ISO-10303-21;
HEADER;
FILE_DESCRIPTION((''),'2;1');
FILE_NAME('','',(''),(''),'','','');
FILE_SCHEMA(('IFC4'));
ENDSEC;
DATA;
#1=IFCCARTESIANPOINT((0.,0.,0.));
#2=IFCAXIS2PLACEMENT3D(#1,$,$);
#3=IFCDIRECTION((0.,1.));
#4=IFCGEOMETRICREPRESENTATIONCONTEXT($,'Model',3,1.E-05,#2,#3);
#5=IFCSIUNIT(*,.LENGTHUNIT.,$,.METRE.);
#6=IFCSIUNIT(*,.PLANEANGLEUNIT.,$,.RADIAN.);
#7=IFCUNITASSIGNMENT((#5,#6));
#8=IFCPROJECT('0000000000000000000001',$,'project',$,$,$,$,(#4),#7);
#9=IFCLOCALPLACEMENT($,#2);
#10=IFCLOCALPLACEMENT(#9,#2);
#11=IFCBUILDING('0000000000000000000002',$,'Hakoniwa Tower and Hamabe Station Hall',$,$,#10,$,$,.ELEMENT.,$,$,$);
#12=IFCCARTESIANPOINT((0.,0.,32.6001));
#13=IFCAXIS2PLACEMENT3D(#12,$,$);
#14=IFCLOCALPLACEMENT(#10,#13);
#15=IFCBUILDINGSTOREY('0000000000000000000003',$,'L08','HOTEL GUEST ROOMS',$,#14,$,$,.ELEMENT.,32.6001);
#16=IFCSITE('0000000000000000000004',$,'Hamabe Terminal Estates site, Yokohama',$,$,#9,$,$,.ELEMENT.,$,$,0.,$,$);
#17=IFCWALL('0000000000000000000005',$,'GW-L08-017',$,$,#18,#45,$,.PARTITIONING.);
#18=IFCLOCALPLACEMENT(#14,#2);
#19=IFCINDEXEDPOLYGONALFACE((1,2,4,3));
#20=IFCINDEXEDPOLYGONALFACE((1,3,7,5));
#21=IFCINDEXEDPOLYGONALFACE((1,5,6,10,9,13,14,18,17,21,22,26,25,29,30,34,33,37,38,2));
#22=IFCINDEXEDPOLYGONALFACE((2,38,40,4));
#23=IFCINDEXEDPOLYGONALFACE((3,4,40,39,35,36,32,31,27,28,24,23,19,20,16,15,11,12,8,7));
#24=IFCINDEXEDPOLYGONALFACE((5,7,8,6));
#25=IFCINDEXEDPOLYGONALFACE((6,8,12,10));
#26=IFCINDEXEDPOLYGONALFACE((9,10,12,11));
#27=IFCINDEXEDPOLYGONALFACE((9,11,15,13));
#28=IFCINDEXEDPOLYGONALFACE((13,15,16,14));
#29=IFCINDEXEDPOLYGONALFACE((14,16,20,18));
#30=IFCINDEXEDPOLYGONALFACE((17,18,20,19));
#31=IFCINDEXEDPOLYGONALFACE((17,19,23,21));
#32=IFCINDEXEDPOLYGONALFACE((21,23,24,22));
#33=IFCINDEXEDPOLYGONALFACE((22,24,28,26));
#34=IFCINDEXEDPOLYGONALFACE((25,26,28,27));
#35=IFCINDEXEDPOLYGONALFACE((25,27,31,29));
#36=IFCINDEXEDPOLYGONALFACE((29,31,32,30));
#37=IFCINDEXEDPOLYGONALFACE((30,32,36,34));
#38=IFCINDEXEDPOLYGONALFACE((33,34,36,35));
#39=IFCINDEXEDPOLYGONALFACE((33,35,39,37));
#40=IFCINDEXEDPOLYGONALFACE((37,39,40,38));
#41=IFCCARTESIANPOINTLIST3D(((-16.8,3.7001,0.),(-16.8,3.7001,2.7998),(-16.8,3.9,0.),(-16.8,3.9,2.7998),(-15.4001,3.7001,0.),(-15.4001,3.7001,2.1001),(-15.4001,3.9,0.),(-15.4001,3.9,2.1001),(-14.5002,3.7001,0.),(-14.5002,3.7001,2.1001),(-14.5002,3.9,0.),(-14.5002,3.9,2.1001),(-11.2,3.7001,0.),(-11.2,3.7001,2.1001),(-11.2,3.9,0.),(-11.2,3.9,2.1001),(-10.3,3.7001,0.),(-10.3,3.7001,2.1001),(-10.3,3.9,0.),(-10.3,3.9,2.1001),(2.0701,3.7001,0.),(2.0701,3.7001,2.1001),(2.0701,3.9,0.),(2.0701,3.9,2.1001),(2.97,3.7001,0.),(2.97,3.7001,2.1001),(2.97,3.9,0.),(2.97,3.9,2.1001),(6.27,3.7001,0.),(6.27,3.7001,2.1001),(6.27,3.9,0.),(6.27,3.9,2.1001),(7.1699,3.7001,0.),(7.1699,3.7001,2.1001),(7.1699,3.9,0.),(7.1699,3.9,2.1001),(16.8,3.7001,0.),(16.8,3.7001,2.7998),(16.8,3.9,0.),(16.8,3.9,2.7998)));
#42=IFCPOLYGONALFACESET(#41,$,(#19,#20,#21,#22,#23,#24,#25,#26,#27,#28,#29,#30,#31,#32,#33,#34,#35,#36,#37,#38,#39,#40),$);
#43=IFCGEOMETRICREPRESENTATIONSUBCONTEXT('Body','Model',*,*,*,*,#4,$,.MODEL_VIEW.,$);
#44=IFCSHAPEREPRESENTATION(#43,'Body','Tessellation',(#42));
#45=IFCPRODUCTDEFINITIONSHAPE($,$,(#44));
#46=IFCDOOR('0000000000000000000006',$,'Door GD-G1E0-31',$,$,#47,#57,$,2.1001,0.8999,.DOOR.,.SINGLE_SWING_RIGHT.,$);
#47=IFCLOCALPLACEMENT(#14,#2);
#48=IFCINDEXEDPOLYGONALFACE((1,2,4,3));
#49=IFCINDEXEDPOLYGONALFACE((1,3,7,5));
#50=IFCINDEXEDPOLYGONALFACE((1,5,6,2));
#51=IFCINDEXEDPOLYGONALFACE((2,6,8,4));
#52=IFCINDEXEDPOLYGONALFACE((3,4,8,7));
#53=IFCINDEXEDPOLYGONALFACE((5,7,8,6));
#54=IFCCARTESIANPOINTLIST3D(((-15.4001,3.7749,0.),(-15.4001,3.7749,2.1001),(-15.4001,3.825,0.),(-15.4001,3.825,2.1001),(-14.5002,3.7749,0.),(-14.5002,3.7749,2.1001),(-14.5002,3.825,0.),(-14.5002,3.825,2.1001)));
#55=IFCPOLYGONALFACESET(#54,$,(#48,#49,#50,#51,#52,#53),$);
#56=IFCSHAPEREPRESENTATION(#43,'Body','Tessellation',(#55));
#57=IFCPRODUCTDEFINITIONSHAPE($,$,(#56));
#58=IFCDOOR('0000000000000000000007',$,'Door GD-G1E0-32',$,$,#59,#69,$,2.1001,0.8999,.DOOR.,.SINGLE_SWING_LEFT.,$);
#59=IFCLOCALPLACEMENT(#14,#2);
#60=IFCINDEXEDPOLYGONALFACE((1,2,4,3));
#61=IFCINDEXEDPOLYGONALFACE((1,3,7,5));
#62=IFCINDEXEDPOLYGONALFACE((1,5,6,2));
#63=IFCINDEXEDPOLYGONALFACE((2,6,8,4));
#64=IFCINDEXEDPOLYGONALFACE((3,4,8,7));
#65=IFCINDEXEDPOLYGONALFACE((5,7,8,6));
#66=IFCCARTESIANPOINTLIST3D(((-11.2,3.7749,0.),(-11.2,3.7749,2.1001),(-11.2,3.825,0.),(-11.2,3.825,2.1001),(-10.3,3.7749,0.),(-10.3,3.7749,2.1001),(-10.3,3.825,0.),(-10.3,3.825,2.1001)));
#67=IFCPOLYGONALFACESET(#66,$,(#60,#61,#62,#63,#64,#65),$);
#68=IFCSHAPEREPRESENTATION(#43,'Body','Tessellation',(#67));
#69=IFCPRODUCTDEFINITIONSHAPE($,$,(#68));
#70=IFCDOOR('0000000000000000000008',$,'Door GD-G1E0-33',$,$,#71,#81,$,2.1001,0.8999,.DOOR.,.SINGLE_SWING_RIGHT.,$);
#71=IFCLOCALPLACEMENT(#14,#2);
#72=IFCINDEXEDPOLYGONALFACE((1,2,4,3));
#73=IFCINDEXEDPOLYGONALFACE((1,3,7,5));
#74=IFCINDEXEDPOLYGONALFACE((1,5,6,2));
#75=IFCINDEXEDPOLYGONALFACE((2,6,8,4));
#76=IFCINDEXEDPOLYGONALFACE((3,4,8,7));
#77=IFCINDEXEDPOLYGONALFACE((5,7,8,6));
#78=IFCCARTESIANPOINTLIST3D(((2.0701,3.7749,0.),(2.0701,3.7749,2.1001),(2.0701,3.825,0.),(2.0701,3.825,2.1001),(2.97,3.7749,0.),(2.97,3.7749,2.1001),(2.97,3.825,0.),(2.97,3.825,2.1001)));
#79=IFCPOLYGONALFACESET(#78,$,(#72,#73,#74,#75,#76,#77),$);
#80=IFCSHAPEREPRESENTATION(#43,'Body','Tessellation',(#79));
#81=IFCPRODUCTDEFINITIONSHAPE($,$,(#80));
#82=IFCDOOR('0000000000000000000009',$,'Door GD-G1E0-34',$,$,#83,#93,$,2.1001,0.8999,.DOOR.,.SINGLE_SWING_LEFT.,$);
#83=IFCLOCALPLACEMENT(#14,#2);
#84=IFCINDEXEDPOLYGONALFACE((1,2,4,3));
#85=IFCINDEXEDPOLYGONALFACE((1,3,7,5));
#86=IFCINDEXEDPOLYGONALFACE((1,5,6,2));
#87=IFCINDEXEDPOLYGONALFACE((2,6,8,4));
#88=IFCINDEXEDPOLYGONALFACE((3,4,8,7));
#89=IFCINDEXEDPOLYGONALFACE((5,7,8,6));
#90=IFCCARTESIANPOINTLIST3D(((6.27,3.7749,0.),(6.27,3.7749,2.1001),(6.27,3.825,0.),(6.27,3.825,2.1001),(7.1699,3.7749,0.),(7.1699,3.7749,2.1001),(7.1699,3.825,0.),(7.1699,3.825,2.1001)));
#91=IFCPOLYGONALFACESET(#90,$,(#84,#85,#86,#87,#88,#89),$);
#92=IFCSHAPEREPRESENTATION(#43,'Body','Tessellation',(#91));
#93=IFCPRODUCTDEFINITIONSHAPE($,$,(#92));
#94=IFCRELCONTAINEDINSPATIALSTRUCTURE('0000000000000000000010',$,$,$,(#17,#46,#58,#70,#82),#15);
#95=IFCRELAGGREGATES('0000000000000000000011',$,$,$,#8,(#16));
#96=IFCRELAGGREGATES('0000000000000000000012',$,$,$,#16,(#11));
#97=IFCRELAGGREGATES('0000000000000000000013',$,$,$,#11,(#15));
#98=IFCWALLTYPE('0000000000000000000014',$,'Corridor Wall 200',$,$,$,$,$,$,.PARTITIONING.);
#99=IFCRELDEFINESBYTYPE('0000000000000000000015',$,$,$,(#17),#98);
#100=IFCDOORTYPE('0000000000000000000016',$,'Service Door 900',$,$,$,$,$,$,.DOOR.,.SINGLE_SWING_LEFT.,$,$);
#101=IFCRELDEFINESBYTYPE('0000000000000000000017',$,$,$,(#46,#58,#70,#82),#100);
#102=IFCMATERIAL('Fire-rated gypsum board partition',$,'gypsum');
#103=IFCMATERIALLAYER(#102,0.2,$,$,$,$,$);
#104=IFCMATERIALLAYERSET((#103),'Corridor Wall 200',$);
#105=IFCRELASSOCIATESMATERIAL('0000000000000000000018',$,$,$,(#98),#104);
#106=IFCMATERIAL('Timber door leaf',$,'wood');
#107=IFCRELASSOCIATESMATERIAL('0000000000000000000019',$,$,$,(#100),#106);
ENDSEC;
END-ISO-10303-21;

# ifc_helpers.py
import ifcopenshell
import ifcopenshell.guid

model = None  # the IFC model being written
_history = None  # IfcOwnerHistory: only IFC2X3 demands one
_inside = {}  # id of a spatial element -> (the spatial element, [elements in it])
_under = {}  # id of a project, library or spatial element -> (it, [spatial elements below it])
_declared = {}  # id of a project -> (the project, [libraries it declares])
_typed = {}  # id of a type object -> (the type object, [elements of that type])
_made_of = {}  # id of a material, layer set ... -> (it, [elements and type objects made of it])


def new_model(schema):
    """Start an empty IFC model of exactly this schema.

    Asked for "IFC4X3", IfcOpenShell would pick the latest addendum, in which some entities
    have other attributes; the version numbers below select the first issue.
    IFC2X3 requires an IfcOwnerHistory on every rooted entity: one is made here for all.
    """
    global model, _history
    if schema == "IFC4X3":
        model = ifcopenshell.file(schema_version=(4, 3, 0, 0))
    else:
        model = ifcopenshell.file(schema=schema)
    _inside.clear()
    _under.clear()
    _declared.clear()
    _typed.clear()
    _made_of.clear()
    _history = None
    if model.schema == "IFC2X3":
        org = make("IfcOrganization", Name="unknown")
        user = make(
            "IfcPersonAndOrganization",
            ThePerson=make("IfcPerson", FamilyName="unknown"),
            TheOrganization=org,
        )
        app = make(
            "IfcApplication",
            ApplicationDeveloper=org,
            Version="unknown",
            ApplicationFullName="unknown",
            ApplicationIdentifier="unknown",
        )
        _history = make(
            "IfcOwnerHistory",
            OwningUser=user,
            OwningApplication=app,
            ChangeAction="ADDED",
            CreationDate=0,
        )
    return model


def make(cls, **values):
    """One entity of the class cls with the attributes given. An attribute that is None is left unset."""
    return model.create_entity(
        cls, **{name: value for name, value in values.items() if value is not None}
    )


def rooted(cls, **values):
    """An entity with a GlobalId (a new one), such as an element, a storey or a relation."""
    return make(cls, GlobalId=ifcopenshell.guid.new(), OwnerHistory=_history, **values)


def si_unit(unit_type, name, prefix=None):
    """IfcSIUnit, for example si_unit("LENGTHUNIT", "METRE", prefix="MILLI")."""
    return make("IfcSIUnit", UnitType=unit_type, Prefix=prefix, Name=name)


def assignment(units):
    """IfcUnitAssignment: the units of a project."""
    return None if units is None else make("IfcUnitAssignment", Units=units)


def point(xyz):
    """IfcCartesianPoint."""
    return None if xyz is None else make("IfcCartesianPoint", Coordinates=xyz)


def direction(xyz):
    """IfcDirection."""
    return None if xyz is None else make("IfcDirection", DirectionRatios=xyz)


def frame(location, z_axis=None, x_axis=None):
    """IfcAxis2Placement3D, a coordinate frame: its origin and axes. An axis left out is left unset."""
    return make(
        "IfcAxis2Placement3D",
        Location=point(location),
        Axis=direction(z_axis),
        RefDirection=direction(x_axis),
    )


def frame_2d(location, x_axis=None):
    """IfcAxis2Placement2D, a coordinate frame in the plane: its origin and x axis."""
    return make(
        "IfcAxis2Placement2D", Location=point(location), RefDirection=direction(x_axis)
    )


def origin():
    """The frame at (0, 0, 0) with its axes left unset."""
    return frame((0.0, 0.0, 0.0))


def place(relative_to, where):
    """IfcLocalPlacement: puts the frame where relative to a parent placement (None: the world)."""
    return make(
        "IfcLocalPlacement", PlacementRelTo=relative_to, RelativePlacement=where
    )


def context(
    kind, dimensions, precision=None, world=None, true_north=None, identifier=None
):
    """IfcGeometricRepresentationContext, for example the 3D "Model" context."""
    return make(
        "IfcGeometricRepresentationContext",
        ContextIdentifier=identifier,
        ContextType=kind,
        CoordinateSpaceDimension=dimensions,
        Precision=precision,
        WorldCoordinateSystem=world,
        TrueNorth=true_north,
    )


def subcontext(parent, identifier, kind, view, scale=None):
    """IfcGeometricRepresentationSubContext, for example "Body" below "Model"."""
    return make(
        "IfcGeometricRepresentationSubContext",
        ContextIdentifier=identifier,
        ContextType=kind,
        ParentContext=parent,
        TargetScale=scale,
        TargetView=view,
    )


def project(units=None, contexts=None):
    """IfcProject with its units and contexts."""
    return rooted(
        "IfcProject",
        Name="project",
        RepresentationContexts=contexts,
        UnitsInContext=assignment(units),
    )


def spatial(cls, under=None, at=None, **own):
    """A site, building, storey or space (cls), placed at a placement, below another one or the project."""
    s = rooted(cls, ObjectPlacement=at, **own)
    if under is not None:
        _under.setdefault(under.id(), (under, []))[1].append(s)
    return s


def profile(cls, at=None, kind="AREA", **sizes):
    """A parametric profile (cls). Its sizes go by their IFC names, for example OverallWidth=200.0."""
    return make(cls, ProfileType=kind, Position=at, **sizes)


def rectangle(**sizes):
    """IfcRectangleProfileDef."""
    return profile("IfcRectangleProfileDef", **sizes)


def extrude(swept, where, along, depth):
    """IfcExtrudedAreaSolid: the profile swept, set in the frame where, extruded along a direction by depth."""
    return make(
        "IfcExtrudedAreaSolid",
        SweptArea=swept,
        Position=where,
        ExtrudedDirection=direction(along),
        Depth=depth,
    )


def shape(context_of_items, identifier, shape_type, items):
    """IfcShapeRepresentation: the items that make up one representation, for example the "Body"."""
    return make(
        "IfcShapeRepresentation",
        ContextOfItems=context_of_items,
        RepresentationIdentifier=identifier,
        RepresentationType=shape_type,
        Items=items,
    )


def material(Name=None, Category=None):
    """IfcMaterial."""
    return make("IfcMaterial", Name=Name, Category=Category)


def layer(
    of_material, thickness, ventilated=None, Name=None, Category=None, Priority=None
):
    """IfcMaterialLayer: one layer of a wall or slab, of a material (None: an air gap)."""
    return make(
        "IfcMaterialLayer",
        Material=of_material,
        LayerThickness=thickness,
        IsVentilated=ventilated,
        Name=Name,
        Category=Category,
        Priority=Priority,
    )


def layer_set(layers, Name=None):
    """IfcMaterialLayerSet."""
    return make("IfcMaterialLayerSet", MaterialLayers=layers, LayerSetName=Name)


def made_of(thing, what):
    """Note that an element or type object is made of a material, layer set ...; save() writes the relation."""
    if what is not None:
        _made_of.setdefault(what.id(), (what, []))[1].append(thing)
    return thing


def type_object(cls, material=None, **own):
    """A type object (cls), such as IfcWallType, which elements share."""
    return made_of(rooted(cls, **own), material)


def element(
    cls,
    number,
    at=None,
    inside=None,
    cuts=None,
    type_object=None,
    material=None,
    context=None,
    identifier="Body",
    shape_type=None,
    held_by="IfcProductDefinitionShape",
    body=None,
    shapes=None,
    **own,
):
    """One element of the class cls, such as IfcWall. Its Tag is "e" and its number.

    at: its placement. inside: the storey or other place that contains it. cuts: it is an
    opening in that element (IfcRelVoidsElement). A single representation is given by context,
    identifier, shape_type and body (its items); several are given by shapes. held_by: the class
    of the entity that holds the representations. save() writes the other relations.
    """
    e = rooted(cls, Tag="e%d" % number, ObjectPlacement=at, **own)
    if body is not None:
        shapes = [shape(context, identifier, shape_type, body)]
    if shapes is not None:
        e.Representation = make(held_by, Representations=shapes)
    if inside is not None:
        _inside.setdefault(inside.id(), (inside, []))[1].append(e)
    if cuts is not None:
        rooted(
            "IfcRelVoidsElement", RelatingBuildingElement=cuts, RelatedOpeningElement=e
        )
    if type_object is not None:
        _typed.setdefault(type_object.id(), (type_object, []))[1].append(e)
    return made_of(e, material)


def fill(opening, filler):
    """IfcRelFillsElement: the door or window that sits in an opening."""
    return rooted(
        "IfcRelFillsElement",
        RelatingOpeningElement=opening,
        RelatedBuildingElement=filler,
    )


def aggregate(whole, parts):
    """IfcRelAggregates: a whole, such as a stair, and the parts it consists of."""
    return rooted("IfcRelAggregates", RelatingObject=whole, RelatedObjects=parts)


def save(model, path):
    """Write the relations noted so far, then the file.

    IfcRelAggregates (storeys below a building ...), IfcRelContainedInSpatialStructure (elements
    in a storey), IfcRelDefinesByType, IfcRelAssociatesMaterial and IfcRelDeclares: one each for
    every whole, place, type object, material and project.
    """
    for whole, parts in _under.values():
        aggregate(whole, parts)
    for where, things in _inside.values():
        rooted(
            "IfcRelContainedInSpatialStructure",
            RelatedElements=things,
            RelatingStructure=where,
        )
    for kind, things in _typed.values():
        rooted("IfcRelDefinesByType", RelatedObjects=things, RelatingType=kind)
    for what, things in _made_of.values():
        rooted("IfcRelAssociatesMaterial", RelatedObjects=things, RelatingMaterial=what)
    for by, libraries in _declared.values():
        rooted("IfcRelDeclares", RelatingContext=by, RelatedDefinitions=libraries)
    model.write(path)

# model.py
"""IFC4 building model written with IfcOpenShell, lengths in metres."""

from ifc_helpers import new_model, si_unit, direction, frame, frame_2d, origin, place, context, subcontext, project, spatial, rectangle, extrude, material, layer, layer_set, type_object, element, fill, save


model = new_model("IFC4")

# Units and contexts
model_context = context("Model", 3, precision=1e-05, world=origin(), true_north=direction((0.0, 1.0)))
body_context = subcontext(model_context, "Body", "Model", "MODEL_VIEW")
ifc_project = project(units=[si_unit("LENGTHUNIT", "METRE"), si_unit("PLANEANGLEUNIT", "RADIAN")], contexts=[model_context])

# Site, building, storey
site_placement = place(None, origin())
site = spatial("IfcSite", under=ifc_project, at=site_placement, Name="Hamabe Terminal Estates site, Yokohama", CompositionType="ELEMENT", RefElevation=0.0)
building_placement = place(site_placement, origin())
building = spatial("IfcBuilding", under=site, at=building_placement, Name="Hakoniwa Tower and Hamabe Station Hall", CompositionType="ELEMENT")
storey_placement = place(building_placement, frame((0.0, 0.0, 32.6001)))
storey = spatial("IfcBuildingStorey", under=building, at=storey_placement, Name="L08", Description="HOTEL GUEST ROOMS", CompositionType="ELEMENT", Elevation=32.6001)

# Wall, openings, doors
ifc_material_1 = material(Name="Fire-rated gypsum board partition", Category="gypsum")
ifc_layer_1 = layer(ifc_material_1, 0.2)
ifc_layer_set_1 = layer_set([ifc_layer_1], Name="Corridor Wall 200")
wall_type_1 = type_object("IfcWallType", Name="Corridor Wall 200", PredefinedType="PARTITIONING", material=ifc_layer_set_1)
wall_1_placement = place(storey_placement, frame((-16.8, 3.8, 0.0), z_axis=(0.0, 0.0, 1.0), x_axis=(1.0, 0.0, 0.0)))
wall_1 = element("IfcWall", 1, at=wall_1_placement, inside=storey, type_object=wall_type_1, Name="GW-L08-017", PredefinedType="PARTITIONING", context=body_context, shape_type="SweptSolid", body=[
    extrude(rectangle(XDim=33.6001, YDim=0.2, at=frame_2d((16.8, 0.0))), origin(), (0.0, 0.0, 1.0), 2.7998),
])
opening_1_placement = place(wall_1_placement, frame((1.3999, 0.0, 0.0)))
opening_1 = element("IfcOpeningElement", 2, at=opening_1_placement, cuts=wall_1, PredefinedType="OPENING", context=body_context, shape_type="SweptSolid", body=[
    extrude(rectangle(XDim=0.8999, YDim=2.1001, at=frame_2d((0.45, 1.05))), frame((0.0, 0.1099, 0.0), z_axis=(0.0, -1.0, 0.0), x_axis=(1.0, 0.0, 0.0)), (0.0, 0.0, 1.0), 0.22),
])
opening_2_placement = place(wall_1_placement, frame((5.6001, 0.0, 0.0)))
opening_2 = element("IfcOpeningElement", 3, at=opening_2_placement, cuts=wall_1, PredefinedType="OPENING", context=body_context, shape_type="SweptSolid", body=[
    extrude(rectangle(XDim=0.8999, YDim=2.1001, at=frame_2d((0.45, 1.05))), frame((0.0, 0.1099, 0.0), z_axis=(0.0, -1.0, 0.0), x_axis=(1.0, 0.0, 0.0)), (0.0, 0.0, 1.0), 0.22),
])
opening_3_placement = place(wall_1_placement, frame((18.8701, 0.0, 0.0)))
opening_3 = element("IfcOpeningElement", 4, at=opening_3_placement, cuts=wall_1, PredefinedType="OPENING", context=body_context, shape_type="SweptSolid", body=[
    extrude(rectangle(XDim=0.8999, YDim=2.1001, at=frame_2d((0.45, 1.05))), frame((0.0, 0.1099, 0.0), z_axis=(0.0, -1.0, 0.0), x_axis=(1.0, 0.0, 0.0)), (0.0, 0.0, 1.0), 0.22),
])
opening_4_placement = place(wall_1_placement, frame((23.0701, 0.0, 0.0)))
opening_4 = element("IfcOpeningElement", 5, at=opening_4_placement, cuts=wall_1, PredefinedType="OPENING", context=body_context, shape_type="SweptSolid", body=[
    extrude(rectangle(XDim=0.8999, YDim=2.1001, at=frame_2d((0.45, 1.05))), frame((0.0, 0.1099, 0.0), z_axis=(0.0, -1.0, 0.0), x_axis=(1.0, 0.0, 0.0)), (0.0, 0.0, 1.0), 0.22),
])
ifc_material_2 = material(Name="Timber door leaf", Category="wood")
door_type_1 = type_object("IfcDoorType", Name="Service Door 900", OperationType="SINGLE_SWING_LEFT", PredefinedType="DOOR", material=ifc_material_2)
door_1_placement = place(opening_1_placement, origin())
door_1 = element("IfcDoor", 6, at=door_1_placement, inside=storey, type_object=door_type_1, Name="Door GD-G1E0-31", OperationType="SINGLE_SWING_RIGHT", OverallHeight=2.1001, OverallWidth=0.8999, PredefinedType="DOOR", context=body_context, shape_type="SweptSolid", body=[
    extrude(rectangle(XDim=0.8999, YDim=2.1001, at=frame_2d((0.45, 1.05))), frame((0.0, 0.0249, 0.0), z_axis=(0.0, -1.0, 0.0), x_axis=(1.0, 0.0, 0.0)), (0.0, 0.0, 1.0), 0.05),
])
fill(opening_1, door_1)
door_2_placement = place(opening_2_placement, origin())
door_2 = element("IfcDoor", 7, at=door_2_placement, inside=storey, type_object=door_type_1, Name="Door GD-G1E0-32", OperationType="SINGLE_SWING_LEFT", OverallHeight=2.1001, OverallWidth=0.8999, PredefinedType="DOOR", context=body_context, shape_type="SweptSolid", body=[
    extrude(rectangle(XDim=0.8999, YDim=2.1001, at=frame_2d((0.45, 1.05))), frame((0.0, 0.0249, 0.0), z_axis=(0.0, -1.0, 0.0), x_axis=(1.0, 0.0, 0.0)), (0.0, 0.0, 1.0), 0.05),
])
fill(opening_2, door_2)
door_3_placement = place(opening_3_placement, origin())
door_3 = element("IfcDoor", 8, at=door_3_placement, inside=storey, type_object=door_type_1, Name="Door GD-G1E0-33", OperationType="SINGLE_SWING_RIGHT", OverallHeight=2.1001, OverallWidth=0.8999, PredefinedType="DOOR", context=body_context, shape_type="SweptSolid", body=[
    extrude(rectangle(XDim=0.8999, YDim=2.1001, at=frame_2d((0.45, 1.05))), frame((0.0, 0.0249, 0.0), z_axis=(0.0, -1.0, 0.0), x_axis=(1.0, 0.0, 0.0)), (0.0, 0.0, 1.0), 0.05),
])
fill(opening_3, door_3)
door_4_placement = place(opening_4_placement, origin())
door_4 = element("IfcDoor", 9, at=door_4_placement, inside=storey, type_object=door_type_1, Name="Door GD-G1E0-34", OperationType="SINGLE_SWING_LEFT", OverallHeight=2.1001, OverallWidth=0.8999, PredefinedType="DOOR", context=body_context, shape_type="SweptSolid", body=[
    extrude(rectangle(XDim=0.8999, YDim=2.1001, at=frame_2d((0.45, 1.05))), frame((0.0, 0.0249, 0.0), z_axis=(0.0, -1.0, 0.0), x_axis=(1.0, 0.0, 0.0)), (0.0, 0.0, 1.0), 0.05),
])
fill(opening_4, door_4)

save(model, "model.ifc")
